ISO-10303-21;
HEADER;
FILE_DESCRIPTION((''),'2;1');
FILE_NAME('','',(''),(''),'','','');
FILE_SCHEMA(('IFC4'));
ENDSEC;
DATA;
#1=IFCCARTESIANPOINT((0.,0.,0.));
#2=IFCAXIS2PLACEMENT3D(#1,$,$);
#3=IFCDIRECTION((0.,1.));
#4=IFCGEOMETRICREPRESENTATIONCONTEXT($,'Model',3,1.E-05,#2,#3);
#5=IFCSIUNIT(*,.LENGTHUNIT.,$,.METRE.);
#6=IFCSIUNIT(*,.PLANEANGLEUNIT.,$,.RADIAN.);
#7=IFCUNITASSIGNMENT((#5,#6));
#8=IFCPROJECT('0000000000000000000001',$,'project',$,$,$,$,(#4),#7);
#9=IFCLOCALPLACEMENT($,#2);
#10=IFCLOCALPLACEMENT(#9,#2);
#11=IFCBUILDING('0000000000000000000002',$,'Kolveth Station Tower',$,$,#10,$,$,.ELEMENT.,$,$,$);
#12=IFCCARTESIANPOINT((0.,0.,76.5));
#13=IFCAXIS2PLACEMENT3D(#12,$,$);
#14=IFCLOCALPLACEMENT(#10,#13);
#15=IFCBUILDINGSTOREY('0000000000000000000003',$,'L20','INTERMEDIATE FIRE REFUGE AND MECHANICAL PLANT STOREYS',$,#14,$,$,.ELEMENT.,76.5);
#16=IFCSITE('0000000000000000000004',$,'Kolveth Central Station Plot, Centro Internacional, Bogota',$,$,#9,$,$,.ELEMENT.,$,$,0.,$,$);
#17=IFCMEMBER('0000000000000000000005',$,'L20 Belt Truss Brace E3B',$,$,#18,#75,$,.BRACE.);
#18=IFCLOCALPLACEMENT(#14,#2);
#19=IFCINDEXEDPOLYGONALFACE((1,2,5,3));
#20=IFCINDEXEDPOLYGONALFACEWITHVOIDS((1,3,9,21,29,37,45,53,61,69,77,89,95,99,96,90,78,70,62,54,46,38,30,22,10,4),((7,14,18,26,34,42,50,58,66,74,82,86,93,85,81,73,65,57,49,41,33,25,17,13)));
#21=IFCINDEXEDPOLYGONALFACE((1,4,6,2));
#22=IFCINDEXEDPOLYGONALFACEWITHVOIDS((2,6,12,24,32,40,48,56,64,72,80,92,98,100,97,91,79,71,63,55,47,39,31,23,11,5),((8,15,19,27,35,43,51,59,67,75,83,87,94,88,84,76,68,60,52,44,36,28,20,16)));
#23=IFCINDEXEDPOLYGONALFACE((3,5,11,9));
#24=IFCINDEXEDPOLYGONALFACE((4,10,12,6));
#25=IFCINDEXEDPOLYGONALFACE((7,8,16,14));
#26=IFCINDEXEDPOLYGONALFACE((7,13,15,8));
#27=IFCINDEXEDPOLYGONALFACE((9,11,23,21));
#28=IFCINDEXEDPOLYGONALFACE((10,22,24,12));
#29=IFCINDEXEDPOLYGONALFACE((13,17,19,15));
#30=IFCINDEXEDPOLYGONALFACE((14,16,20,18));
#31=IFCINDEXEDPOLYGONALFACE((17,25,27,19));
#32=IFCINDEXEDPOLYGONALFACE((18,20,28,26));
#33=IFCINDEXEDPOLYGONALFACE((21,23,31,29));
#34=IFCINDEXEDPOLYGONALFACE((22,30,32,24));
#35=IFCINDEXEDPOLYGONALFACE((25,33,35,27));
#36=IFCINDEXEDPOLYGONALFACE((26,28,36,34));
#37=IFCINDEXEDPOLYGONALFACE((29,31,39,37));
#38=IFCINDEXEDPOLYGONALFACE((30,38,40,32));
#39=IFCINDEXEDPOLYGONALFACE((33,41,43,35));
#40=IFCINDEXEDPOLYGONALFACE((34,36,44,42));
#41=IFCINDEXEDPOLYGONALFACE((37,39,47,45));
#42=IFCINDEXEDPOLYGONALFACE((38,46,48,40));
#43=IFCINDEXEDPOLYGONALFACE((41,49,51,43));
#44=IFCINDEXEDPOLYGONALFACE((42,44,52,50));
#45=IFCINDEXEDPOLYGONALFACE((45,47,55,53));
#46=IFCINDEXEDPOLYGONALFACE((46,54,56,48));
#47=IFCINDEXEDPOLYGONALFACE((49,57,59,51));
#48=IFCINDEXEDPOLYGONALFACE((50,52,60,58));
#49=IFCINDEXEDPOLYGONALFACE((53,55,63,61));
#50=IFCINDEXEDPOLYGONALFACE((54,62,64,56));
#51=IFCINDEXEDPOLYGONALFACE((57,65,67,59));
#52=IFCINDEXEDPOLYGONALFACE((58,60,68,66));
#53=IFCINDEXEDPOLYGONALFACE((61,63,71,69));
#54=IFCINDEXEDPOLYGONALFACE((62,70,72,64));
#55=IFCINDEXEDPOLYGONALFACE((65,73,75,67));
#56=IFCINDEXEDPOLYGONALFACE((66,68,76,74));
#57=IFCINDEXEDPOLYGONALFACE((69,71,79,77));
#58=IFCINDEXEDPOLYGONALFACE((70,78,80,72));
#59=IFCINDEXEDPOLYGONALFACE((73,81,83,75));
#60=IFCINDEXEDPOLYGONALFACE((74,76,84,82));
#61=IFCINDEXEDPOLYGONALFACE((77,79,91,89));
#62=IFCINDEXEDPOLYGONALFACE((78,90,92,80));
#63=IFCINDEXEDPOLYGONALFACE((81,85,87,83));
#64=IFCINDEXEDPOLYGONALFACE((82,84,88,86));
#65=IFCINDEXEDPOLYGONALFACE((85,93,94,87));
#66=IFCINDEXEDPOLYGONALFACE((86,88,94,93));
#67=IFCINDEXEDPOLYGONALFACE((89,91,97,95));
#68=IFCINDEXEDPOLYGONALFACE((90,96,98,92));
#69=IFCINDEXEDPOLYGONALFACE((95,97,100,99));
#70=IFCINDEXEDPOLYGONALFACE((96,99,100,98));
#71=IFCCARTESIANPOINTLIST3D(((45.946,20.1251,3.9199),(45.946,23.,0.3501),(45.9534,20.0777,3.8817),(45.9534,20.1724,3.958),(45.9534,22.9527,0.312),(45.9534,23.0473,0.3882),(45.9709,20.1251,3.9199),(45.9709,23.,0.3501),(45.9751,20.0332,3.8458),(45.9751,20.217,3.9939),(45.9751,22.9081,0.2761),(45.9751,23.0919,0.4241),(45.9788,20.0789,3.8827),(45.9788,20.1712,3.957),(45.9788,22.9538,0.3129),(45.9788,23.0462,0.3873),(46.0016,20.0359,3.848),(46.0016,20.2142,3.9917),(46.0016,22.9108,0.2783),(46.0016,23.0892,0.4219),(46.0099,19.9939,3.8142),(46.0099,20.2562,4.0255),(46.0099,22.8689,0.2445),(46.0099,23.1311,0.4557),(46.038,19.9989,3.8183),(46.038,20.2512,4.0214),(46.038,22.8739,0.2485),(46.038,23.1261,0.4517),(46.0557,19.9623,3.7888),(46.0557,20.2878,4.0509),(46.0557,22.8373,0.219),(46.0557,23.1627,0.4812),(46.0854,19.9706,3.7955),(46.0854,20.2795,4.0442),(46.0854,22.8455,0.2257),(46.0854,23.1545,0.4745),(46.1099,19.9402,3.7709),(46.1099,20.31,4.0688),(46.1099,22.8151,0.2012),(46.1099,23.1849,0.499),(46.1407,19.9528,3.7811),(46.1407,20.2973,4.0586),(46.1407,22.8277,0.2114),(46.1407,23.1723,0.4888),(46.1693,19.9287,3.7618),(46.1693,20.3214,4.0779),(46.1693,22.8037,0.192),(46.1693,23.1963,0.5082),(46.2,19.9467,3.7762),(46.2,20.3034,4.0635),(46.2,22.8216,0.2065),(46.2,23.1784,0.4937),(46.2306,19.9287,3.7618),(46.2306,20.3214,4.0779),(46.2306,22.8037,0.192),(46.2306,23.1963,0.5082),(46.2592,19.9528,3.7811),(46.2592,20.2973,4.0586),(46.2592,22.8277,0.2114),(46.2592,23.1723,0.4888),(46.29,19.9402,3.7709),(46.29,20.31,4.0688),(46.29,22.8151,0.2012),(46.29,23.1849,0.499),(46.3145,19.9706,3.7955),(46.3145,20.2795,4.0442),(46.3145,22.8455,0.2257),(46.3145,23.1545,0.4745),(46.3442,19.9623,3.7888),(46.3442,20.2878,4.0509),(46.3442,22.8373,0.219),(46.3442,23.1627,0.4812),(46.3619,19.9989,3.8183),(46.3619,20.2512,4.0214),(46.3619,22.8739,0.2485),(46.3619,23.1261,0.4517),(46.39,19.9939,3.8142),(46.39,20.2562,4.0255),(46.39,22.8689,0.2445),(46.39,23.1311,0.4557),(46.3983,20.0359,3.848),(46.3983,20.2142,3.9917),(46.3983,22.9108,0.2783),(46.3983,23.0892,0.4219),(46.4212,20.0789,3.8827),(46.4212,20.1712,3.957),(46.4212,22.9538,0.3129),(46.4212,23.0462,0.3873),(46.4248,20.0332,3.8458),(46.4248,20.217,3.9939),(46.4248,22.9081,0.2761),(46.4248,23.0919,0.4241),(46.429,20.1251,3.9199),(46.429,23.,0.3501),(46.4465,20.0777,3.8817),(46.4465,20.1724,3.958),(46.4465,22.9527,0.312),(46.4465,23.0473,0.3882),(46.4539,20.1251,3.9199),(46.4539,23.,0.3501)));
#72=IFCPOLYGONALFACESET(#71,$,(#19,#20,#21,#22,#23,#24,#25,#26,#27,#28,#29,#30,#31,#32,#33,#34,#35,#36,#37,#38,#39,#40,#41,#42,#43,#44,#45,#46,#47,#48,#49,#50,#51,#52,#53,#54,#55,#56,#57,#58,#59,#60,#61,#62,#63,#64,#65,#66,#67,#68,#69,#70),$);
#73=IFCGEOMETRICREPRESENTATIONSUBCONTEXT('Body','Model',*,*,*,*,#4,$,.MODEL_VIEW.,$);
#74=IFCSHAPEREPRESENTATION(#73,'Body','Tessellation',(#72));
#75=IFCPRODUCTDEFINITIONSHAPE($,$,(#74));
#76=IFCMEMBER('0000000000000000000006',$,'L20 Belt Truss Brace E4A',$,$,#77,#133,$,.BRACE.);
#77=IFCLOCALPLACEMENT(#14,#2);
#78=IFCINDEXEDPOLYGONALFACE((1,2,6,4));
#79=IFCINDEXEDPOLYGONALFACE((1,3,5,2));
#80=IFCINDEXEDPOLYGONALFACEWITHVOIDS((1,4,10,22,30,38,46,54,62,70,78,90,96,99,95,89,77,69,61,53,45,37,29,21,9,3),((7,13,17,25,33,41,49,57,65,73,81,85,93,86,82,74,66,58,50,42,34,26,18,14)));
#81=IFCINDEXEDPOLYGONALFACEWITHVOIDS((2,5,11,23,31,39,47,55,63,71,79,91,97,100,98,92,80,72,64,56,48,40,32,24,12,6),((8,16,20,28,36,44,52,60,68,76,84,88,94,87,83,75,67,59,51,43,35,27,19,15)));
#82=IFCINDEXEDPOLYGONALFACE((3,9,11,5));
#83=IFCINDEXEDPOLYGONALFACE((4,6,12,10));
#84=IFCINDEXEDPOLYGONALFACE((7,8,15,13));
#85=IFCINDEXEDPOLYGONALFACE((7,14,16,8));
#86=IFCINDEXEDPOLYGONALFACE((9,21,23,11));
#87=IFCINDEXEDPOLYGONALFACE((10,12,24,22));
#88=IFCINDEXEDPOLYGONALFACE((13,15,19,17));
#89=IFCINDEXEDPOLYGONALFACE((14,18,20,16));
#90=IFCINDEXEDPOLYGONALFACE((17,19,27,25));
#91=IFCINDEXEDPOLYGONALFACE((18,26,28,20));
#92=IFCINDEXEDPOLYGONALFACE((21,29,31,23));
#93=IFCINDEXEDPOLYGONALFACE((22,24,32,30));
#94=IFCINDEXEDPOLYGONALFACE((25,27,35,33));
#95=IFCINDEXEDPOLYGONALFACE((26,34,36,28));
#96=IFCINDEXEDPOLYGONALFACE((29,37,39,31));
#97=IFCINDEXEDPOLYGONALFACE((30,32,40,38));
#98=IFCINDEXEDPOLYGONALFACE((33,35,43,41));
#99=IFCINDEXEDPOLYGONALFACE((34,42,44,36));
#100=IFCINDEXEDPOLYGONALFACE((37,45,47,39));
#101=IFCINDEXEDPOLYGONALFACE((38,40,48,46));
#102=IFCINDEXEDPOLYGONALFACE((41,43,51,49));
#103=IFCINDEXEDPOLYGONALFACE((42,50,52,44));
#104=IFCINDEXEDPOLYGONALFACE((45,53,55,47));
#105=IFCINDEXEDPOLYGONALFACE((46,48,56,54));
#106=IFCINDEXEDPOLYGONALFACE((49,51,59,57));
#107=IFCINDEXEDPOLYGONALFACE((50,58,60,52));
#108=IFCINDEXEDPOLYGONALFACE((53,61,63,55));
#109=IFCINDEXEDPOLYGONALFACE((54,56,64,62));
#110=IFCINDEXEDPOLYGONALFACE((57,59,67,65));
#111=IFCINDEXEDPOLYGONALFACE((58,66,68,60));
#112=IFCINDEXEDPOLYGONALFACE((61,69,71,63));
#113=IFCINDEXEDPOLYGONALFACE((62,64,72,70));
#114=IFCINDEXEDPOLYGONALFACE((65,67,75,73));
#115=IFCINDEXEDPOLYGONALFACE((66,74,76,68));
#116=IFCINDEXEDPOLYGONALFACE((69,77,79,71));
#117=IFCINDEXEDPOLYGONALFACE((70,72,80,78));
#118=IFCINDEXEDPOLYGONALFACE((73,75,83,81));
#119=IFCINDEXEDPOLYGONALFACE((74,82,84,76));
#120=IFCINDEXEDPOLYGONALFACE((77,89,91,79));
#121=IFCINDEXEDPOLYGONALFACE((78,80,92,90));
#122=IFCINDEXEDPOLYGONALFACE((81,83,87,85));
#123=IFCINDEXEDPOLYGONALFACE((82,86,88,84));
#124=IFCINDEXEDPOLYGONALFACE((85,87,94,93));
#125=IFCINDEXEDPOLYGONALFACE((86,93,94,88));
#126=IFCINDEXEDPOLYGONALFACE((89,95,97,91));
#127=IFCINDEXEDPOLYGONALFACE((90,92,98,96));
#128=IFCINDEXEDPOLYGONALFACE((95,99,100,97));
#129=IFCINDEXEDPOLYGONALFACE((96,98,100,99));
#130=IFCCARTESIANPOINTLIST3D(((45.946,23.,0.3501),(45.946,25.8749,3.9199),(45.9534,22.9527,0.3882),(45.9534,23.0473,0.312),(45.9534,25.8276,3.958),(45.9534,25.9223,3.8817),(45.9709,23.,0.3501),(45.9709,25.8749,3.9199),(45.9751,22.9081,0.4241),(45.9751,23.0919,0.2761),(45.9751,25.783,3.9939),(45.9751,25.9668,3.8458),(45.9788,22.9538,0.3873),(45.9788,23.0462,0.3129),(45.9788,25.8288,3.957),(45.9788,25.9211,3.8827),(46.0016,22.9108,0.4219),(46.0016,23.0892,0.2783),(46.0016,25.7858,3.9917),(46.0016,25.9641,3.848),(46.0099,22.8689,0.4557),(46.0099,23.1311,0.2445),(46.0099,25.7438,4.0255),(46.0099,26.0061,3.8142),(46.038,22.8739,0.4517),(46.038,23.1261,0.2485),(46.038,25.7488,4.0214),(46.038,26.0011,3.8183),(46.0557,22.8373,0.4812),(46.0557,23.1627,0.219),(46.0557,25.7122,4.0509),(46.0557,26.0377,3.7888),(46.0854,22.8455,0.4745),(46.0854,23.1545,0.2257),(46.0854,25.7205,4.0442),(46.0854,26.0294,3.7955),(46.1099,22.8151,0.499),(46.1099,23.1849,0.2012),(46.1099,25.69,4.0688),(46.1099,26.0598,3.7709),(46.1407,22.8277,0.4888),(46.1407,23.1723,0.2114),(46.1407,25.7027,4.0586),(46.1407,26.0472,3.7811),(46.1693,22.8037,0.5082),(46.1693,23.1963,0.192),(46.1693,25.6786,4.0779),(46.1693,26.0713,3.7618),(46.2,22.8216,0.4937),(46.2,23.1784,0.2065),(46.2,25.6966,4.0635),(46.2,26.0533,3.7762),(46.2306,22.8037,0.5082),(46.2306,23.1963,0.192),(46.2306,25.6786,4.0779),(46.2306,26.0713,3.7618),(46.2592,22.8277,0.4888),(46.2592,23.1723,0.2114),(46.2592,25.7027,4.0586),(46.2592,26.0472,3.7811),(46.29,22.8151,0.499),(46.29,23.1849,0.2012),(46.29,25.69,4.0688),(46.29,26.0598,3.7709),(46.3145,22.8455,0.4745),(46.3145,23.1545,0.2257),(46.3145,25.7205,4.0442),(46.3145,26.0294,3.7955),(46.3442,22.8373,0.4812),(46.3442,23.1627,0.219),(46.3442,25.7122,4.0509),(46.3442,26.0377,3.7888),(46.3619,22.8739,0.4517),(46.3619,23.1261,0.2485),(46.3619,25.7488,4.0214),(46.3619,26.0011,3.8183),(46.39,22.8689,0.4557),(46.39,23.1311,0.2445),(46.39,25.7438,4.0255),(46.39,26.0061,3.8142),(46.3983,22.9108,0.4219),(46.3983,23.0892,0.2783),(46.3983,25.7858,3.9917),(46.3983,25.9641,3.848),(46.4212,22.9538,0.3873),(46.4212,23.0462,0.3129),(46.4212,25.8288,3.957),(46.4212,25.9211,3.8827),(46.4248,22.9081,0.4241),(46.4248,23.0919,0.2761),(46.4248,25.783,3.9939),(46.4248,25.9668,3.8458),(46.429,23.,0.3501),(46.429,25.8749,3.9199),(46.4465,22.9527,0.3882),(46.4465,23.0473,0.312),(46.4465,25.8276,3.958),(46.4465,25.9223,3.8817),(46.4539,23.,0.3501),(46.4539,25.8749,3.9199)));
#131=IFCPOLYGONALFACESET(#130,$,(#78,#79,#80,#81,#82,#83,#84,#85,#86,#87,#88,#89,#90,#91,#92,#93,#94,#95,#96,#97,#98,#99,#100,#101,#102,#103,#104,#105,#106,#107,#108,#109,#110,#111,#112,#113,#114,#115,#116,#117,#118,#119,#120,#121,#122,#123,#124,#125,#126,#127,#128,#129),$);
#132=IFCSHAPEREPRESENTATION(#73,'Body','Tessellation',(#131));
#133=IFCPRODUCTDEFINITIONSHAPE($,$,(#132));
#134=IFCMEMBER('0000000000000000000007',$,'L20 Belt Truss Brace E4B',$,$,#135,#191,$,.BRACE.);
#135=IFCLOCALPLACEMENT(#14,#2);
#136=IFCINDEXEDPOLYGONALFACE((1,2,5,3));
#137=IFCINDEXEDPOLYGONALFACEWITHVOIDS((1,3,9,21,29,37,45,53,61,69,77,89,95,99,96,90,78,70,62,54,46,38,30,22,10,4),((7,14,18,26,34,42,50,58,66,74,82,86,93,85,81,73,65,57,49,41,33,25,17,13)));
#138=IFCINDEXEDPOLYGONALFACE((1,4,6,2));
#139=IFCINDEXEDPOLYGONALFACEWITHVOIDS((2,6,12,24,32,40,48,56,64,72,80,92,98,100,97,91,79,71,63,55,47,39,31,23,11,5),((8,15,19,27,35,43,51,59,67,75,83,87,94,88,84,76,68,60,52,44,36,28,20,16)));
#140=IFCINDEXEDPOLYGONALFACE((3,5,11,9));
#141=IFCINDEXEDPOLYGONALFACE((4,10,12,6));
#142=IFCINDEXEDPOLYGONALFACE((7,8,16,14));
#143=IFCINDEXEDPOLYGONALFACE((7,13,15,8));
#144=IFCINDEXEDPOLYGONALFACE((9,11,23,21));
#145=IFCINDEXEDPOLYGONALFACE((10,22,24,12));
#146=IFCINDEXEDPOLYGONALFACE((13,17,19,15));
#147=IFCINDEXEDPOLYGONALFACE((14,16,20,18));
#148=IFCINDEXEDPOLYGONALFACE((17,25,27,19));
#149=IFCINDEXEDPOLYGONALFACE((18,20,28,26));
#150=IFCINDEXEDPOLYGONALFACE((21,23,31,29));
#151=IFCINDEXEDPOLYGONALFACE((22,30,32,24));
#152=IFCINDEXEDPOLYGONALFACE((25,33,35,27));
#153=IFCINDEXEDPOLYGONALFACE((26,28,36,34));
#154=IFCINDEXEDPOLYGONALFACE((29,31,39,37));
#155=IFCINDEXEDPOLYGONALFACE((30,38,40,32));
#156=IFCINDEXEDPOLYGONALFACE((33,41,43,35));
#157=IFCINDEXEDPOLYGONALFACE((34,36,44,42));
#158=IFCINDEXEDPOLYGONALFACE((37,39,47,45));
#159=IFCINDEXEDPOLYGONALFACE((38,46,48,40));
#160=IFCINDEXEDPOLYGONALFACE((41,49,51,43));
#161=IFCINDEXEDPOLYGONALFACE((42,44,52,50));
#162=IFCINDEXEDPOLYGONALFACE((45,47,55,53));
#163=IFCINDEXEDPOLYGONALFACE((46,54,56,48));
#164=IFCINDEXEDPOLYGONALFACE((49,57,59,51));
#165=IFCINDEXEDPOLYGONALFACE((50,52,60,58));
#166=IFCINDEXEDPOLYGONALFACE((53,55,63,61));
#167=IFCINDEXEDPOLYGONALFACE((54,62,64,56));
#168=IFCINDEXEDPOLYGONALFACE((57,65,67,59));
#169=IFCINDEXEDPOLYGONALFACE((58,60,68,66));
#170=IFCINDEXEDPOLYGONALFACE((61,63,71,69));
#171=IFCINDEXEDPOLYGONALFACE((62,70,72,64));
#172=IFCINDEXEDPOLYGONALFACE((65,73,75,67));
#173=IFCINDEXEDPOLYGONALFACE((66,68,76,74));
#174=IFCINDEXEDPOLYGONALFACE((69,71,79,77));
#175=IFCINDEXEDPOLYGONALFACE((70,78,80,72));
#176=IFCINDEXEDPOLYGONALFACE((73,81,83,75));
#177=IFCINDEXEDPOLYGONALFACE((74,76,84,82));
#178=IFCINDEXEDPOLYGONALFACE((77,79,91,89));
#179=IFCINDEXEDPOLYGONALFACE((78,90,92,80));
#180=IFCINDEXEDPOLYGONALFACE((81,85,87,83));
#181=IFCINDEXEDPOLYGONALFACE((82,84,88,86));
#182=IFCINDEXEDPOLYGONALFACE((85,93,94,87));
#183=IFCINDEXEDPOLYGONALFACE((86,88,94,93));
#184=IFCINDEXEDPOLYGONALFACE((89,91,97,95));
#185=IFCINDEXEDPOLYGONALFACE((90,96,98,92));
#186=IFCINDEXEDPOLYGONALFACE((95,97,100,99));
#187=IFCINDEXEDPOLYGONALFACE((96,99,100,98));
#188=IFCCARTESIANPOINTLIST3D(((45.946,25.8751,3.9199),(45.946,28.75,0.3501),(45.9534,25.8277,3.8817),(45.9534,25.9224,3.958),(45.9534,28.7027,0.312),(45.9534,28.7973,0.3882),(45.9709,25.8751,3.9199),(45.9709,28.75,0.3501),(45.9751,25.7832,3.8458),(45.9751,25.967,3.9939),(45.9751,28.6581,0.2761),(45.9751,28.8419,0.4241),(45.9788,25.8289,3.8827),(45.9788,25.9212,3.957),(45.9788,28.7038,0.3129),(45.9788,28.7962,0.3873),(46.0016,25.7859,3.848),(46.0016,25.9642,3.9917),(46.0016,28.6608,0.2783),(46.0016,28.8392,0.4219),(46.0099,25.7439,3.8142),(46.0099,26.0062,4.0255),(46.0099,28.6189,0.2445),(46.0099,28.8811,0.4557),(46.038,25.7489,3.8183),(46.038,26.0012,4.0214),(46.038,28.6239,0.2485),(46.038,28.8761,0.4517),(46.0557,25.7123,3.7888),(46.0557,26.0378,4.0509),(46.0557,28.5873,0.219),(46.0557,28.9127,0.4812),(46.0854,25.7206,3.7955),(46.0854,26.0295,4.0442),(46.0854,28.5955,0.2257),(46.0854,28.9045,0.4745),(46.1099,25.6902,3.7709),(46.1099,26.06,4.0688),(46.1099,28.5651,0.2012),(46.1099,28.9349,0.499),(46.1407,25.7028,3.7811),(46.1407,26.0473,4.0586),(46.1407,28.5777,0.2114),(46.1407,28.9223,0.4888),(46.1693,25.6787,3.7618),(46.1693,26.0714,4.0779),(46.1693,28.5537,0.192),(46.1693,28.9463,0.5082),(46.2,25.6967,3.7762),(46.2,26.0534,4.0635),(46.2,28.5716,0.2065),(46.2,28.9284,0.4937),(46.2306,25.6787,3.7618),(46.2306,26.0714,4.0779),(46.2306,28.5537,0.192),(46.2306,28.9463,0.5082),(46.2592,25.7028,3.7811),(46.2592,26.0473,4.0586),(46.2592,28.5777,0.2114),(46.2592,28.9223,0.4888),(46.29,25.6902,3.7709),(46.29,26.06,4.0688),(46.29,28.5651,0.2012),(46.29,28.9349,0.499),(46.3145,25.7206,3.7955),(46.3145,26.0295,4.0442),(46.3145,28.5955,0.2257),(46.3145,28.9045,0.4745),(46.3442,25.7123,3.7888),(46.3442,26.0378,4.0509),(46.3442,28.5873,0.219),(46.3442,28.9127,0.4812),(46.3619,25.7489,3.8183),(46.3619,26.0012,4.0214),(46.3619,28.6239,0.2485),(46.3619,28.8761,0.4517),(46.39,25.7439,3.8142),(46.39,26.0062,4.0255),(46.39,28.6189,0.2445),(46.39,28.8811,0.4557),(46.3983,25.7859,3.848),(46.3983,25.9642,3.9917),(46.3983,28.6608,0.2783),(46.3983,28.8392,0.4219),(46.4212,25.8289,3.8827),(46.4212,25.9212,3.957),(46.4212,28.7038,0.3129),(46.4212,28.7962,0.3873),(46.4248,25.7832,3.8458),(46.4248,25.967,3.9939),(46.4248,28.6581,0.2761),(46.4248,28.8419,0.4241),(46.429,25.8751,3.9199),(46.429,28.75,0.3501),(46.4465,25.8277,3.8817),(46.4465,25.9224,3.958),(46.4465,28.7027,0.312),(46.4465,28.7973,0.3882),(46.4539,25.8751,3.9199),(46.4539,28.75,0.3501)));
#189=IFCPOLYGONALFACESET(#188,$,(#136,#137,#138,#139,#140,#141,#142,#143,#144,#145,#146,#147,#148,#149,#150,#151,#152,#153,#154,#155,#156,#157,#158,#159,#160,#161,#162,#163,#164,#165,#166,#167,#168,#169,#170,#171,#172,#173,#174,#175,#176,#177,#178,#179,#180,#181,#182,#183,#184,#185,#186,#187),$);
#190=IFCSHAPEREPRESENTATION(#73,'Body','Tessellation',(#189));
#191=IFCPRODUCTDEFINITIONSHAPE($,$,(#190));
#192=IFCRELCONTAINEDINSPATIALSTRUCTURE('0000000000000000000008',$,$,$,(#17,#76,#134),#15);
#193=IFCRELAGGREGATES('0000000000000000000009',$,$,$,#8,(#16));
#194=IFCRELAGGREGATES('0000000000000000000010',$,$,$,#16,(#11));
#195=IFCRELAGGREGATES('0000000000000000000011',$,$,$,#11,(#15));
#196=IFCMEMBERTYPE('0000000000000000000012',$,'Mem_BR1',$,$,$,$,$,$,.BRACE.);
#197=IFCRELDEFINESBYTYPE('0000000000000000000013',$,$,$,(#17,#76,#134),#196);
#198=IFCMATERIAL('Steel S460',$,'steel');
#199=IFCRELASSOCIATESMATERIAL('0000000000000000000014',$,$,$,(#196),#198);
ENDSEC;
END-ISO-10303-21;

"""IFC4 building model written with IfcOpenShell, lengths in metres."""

from ifc_helpers import new_model, si_unit, direction, frame, origin, origin_2d, place, context, subcontext, project, spatial, hollow_circle, extrude, source, transform, mapped, material, material_profile, profile_set, type_object, element, save


model = new_model("IFC4")

# Units and contexts
model_context = context("Model", 3, precision=1e-05, world=origin(), true_north=direction((0.0, 1.0)))
body_context = subcontext(model_context, "Body", "Model", "MODEL_VIEW")
ifc_project = project(units=[si_unit("LENGTHUNIT", "METRE"), si_unit("PLANEANGLEUNIT", "RADIAN")], contexts=[model_context])

# Site, building, storey
site_placement = place(None, origin())
site = spatial("IfcSite", under=ifc_project, at=site_placement, Name="Kolveth Central Station Plot, Centro Internacional, Bogota", CompositionType="ELEMENT", RefElevation=0.0)
building_placement = place(site_placement, origin())
building = spatial("IfcBuilding", under=site, at=building_placement, Name="Kolveth Station Tower", CompositionType="ELEMENT")
storey_placement = place(building_placement, frame((0.0, 0.0, 76.5)))
storey = spatial("IfcBuildingStorey", under=building, at=storey_placement, Name="L20", Description="INTERMEDIATE FIRE REFUGE AND MECHANICAL PLANT STOREYS", CompositionType="ELEMENT", Elevation=76.5)

# Shared definitions
ifc_material_1 = material(Name="Steel S460", Category="steel")

# Members
ifc_material_profile_1 = material_profile(ifc_material_1, hollow_circle(Radius=0.2539, WallThickness=0.0249, at=origin_2d()), Name="CHS508x25")
ifc_profile_set_1 = profile_set([ifc_material_profile_1], Name="Steel S460")
member_type_1 = type_object("IfcMemberType", Name="Mem_BR1", PredefinedType="BRACE", material=ifc_profile_set_1)
shared_shape_1 = source(origin(), body_context, "Body", "SweptSolid", [
    extrude(hollow_circle(Radius=0.2539, WallThickness=0.0249, at=origin_2d()), origin(), (0.0, 0.0, 1.0), 4.5835),
])
for number, where, z_axis, x_axis, name in (
    (1, (46.2, 23.0, 0.3501), (0.0, -0.627238, 0.778828), (1.0, 0.0, 0.0), "L20 Belt Truss Brace E3B"),
    (2, (46.2, 23.0, 0.3501), (0.0, 0.627238, 0.778828), (-1.0, 0.0, 0.0), "L20 Belt Truss Brace E4A"),
    (3, (46.2, 28.75, 0.3501), (0.0, -0.627238, 0.778828), (1.0, 0.0, 0.0), "L20 Belt Truss Brace E4B"),
):
    element("IfcMember", number, at=place(storey_placement, frame(where, z_axis=z_axis, x_axis=x_axis)), inside=storey, type_object=member_type_1, Name=name, PredefinedType="BRACE", context=body_context, shape_type="MappedRepresentation", body=[
        mapped(shared_shape_1, transform((0.0, 0.0, 0.0), x_axis=(1.0, 0.0, 0.0), y_axis=(0.0, 1.0, 0.0), z_axis=(0.0, 0.0, 1.0), scale=1.0)),
    ])

save(model, "model.ifc")
